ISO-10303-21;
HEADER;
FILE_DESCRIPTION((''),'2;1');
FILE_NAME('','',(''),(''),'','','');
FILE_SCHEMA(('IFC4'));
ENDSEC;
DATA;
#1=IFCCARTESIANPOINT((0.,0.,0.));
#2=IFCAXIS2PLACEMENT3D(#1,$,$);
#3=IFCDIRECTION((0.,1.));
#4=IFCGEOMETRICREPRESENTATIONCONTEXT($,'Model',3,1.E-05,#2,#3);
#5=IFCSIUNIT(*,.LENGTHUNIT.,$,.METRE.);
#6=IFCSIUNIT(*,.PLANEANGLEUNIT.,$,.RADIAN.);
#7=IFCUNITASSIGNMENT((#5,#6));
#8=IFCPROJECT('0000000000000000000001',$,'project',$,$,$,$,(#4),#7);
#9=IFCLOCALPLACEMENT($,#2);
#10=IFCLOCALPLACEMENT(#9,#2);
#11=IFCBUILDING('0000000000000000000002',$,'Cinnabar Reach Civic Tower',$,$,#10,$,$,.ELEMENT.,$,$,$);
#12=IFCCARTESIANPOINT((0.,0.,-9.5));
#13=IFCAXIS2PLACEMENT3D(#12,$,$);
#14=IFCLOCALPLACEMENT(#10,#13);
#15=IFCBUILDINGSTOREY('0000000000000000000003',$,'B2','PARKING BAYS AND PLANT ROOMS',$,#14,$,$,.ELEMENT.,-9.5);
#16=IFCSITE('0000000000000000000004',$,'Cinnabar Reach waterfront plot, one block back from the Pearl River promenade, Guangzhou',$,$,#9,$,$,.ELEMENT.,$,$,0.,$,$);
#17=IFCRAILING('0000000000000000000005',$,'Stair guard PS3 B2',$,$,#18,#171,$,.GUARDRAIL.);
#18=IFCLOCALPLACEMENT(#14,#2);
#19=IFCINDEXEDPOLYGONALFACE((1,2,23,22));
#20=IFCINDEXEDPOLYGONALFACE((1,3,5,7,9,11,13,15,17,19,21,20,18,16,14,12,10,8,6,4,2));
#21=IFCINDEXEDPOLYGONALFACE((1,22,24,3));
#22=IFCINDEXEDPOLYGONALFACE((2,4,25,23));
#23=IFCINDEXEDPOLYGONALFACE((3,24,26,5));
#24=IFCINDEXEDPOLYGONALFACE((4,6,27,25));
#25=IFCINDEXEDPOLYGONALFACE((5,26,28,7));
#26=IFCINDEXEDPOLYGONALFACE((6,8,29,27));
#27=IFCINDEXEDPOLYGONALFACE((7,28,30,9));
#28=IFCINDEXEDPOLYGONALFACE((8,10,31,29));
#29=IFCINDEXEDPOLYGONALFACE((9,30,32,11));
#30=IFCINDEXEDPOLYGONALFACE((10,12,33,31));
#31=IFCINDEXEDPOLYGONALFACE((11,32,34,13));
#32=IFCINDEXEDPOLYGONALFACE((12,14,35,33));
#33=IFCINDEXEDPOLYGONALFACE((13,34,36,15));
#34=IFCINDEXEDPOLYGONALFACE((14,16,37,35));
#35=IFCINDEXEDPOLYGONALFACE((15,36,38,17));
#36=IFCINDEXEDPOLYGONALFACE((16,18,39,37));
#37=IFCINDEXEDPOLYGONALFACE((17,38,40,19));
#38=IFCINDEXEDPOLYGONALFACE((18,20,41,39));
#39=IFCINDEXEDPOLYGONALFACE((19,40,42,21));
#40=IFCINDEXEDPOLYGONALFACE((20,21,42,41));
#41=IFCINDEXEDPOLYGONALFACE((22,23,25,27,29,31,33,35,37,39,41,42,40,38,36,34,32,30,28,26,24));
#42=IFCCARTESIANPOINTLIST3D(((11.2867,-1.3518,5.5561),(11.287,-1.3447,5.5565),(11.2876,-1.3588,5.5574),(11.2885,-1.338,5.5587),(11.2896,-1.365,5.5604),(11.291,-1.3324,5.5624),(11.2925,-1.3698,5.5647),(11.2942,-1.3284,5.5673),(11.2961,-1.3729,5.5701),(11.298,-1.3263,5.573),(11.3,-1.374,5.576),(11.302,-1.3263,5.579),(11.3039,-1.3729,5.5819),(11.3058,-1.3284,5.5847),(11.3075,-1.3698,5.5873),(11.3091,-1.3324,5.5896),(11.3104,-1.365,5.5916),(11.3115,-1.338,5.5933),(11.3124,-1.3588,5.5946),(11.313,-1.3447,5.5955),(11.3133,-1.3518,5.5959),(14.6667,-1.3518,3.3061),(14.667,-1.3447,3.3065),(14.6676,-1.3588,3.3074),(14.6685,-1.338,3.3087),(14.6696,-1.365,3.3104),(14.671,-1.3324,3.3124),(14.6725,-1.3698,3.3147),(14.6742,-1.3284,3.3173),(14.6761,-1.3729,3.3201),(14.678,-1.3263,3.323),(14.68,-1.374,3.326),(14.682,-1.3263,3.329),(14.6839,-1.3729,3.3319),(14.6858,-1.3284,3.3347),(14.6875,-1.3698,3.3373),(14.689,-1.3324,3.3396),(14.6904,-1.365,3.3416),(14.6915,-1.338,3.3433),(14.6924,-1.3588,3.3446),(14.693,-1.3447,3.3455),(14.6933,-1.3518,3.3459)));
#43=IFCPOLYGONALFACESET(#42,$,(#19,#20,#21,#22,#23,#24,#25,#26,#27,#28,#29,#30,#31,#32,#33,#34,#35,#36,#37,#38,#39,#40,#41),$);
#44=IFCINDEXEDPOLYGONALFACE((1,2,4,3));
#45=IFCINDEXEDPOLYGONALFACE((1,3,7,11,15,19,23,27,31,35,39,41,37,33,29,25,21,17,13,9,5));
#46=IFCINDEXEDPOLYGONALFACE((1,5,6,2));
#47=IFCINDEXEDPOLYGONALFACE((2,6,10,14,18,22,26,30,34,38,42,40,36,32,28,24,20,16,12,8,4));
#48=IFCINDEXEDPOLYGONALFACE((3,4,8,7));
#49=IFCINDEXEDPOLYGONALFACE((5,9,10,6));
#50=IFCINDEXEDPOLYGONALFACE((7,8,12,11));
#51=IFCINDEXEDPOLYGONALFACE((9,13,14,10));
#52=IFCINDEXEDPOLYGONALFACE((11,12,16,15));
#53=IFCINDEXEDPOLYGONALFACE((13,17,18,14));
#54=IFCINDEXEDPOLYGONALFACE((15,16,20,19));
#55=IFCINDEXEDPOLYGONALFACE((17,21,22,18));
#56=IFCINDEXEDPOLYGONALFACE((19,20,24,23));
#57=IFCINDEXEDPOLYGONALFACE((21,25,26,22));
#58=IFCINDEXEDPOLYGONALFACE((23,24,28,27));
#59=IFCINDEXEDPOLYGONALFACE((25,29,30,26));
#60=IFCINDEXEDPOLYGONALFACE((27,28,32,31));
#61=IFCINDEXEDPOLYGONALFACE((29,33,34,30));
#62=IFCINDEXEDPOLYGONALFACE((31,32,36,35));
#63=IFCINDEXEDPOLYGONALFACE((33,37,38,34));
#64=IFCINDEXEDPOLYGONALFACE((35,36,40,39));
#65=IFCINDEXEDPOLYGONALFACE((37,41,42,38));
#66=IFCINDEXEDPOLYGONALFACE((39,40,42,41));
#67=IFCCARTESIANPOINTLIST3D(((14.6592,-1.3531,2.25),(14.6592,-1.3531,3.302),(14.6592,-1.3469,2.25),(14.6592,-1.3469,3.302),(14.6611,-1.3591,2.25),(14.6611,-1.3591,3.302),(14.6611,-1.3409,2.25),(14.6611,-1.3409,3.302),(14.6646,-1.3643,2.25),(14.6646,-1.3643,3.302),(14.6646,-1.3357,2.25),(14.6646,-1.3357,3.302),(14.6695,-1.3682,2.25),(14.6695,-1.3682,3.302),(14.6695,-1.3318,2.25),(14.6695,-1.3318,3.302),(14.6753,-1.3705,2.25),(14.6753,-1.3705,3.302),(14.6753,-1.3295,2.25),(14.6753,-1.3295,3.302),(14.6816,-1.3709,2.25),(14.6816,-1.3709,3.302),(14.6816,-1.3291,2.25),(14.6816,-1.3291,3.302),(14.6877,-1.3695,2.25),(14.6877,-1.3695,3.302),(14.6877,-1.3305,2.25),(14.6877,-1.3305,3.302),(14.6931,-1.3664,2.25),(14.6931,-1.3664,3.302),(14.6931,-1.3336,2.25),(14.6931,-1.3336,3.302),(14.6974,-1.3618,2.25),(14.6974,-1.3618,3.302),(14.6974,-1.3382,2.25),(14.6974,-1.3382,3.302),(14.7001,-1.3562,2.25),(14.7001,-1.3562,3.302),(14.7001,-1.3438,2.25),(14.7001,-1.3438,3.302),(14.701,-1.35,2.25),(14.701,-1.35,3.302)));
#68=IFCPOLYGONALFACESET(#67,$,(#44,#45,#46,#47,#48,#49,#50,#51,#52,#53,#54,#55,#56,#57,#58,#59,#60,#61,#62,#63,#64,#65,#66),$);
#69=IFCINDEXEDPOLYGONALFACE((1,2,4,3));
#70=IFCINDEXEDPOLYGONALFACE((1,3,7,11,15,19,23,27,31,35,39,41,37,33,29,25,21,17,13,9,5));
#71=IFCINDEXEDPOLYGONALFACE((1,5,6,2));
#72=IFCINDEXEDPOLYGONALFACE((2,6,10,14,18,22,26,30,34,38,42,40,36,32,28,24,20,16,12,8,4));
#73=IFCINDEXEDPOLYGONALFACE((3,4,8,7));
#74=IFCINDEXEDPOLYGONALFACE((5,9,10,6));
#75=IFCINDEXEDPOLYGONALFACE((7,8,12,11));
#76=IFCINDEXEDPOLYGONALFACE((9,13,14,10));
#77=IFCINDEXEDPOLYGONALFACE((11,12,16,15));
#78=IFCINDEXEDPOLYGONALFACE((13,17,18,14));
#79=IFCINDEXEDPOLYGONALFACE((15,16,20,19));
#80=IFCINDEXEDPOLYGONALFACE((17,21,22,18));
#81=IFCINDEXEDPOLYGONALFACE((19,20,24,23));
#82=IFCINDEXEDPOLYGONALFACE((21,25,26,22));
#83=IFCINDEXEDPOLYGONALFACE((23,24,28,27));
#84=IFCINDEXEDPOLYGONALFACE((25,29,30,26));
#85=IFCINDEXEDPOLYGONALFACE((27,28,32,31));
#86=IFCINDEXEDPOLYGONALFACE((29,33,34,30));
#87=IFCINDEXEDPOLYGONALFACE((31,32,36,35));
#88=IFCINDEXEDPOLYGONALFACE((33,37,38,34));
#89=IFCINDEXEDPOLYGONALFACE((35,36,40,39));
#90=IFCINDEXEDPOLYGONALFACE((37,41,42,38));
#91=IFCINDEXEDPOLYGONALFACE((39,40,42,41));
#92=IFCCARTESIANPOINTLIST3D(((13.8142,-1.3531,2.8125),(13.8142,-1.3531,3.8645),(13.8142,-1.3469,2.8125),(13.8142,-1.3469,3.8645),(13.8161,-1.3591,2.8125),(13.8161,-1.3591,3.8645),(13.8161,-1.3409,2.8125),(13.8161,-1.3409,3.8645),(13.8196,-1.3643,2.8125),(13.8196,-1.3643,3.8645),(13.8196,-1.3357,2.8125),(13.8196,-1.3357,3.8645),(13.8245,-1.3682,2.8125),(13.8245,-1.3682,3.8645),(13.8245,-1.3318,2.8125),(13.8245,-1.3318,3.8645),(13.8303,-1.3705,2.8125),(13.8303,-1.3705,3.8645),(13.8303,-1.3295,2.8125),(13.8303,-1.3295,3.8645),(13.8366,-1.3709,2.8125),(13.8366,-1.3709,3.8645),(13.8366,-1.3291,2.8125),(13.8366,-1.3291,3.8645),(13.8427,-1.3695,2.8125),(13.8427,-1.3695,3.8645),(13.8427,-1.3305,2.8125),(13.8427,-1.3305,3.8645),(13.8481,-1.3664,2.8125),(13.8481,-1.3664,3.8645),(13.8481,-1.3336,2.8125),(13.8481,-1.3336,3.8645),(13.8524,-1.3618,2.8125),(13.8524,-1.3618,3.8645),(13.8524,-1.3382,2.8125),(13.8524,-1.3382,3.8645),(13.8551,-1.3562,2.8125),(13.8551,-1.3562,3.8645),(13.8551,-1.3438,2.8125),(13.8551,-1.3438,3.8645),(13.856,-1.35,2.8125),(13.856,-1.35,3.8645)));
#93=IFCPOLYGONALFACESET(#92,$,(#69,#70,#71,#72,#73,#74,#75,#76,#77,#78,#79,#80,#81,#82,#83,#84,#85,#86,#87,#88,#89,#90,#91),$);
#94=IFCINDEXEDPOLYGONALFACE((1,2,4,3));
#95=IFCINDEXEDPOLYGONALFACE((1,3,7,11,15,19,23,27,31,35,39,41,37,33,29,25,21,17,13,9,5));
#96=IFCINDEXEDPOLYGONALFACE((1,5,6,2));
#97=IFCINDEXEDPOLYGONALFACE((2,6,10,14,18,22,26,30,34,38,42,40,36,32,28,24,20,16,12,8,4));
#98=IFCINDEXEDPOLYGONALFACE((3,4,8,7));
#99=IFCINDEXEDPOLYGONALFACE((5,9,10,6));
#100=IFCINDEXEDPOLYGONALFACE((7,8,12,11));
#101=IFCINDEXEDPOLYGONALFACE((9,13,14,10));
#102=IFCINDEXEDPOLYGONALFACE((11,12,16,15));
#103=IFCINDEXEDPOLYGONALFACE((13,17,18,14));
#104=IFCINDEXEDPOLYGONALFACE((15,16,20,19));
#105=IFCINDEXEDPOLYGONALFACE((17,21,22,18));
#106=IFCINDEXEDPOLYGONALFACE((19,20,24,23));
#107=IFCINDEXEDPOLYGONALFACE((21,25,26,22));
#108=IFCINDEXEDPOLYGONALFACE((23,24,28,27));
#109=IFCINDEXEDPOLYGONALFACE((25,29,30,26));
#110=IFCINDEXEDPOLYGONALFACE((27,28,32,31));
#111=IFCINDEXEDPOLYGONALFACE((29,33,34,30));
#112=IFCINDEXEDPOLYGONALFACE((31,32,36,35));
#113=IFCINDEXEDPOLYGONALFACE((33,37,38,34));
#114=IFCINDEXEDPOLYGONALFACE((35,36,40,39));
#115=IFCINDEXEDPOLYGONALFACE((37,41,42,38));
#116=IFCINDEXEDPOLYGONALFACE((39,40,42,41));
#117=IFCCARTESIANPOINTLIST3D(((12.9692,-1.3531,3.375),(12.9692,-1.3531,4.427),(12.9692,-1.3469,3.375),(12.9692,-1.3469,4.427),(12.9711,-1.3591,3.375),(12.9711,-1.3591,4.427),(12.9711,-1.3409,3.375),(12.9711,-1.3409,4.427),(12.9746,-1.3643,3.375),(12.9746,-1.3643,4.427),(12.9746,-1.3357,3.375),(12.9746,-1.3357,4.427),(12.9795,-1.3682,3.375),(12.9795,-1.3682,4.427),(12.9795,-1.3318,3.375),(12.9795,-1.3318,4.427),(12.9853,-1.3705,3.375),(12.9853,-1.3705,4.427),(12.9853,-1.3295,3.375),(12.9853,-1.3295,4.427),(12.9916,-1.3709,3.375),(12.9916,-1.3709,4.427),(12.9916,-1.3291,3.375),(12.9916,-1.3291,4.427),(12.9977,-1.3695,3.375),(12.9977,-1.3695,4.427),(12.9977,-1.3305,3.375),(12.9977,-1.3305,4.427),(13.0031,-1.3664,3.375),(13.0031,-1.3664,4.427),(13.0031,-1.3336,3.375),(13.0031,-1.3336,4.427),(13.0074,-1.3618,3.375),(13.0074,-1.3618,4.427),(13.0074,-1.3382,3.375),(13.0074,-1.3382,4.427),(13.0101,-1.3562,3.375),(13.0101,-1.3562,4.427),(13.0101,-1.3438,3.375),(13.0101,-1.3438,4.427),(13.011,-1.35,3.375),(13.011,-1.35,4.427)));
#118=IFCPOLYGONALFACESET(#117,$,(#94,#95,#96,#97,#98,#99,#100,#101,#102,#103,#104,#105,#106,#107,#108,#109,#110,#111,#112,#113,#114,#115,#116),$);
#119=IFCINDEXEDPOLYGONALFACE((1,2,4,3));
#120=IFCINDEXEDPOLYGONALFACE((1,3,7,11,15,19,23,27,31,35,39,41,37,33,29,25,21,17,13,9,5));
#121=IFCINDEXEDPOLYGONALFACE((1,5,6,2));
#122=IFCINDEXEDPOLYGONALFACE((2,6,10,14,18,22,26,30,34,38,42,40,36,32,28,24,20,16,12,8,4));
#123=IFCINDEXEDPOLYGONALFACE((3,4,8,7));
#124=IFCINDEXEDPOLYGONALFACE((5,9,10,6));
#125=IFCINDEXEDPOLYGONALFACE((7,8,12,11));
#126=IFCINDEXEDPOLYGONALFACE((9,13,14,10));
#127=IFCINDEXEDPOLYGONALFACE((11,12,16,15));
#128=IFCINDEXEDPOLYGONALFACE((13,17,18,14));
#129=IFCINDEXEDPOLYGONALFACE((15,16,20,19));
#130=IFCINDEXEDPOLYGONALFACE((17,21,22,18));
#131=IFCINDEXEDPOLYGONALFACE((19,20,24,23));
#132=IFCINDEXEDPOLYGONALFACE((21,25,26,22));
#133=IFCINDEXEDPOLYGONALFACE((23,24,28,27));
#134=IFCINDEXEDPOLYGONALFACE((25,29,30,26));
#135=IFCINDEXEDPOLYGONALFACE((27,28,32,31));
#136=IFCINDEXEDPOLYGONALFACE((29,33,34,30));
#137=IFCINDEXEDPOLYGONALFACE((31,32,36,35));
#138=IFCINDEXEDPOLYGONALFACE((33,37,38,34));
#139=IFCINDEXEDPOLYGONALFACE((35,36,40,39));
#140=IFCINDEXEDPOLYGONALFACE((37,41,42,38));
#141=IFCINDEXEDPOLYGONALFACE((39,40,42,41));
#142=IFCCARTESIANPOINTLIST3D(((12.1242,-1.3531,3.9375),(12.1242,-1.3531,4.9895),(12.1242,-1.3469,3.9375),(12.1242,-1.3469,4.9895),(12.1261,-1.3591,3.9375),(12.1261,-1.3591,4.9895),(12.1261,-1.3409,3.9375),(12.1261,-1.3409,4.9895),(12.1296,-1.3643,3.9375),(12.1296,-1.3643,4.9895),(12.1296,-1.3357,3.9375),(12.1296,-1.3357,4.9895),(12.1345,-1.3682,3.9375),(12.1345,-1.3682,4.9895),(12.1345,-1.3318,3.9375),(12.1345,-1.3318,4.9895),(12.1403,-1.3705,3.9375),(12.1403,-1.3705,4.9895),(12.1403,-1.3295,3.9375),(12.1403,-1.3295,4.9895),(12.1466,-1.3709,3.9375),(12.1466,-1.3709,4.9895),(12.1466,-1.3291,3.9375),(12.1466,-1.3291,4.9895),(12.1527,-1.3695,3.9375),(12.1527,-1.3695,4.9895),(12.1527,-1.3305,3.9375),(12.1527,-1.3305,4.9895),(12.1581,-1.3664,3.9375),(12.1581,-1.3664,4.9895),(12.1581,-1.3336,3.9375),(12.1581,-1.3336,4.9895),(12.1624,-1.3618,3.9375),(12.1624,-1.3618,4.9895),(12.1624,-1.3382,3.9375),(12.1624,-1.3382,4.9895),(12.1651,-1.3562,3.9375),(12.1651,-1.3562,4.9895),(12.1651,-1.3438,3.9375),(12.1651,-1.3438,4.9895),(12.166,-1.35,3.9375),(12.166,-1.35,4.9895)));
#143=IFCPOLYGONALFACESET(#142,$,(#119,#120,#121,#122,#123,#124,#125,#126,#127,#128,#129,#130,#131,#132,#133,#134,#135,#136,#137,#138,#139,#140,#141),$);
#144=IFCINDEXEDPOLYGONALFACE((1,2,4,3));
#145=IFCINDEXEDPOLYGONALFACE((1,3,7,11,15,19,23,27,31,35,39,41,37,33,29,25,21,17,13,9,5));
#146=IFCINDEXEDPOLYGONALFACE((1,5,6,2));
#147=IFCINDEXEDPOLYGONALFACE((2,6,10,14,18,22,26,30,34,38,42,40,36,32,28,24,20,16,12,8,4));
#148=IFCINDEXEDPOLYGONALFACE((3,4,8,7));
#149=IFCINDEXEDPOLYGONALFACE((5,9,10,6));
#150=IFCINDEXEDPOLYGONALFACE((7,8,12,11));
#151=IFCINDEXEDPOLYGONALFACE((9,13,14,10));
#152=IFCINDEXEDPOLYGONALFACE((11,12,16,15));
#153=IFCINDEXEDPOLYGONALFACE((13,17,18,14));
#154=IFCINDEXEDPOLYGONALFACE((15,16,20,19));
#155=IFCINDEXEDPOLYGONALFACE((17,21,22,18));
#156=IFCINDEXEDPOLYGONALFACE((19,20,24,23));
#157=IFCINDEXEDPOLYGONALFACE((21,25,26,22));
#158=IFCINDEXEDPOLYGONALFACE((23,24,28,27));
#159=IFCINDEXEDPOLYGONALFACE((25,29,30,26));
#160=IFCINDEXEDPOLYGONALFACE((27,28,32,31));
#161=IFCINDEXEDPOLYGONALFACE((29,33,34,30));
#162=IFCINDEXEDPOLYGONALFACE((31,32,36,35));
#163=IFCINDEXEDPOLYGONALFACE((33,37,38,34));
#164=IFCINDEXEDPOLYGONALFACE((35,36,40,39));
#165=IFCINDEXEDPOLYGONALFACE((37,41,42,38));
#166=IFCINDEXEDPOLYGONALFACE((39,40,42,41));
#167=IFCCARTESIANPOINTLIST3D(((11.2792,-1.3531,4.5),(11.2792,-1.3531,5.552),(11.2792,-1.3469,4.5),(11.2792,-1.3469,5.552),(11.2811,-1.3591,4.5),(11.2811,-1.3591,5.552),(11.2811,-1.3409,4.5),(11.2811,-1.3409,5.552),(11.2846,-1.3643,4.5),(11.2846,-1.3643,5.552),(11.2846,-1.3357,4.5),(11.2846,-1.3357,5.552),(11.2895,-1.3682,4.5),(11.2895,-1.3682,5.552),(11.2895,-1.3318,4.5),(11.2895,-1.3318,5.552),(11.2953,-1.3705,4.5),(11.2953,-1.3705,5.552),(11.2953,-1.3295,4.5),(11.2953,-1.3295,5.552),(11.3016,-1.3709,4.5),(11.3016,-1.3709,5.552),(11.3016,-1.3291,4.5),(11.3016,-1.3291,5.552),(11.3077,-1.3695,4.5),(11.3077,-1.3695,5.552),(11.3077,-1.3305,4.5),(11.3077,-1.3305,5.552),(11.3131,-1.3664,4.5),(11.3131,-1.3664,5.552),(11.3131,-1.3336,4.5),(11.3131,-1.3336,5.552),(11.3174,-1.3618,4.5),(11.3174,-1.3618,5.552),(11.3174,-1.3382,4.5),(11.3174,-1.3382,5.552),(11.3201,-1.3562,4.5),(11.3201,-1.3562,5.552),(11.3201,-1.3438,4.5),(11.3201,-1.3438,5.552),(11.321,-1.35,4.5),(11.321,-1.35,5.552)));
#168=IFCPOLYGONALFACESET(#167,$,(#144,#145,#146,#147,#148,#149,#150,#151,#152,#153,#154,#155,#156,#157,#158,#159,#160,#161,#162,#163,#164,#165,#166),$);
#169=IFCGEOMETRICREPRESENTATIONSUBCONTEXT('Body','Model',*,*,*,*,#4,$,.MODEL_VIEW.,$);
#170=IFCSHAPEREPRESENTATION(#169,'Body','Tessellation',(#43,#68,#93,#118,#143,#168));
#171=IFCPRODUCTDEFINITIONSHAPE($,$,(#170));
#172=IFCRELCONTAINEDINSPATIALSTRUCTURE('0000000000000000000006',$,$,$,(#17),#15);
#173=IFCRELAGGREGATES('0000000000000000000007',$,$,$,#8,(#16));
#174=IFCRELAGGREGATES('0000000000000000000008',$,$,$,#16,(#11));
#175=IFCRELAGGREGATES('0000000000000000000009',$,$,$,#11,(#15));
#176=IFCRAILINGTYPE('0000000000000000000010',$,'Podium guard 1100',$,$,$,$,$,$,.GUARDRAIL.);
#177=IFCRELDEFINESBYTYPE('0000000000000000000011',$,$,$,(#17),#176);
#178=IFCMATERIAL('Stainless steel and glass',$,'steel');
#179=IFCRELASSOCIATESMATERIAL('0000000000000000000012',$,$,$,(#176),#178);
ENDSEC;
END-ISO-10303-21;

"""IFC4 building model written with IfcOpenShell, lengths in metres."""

from ifc_helpers import new_model, si_unit, direction, frame, origin, origin_2d, place, context, subcontext, project, spatial, circle, extrude, material, type_object, element, save


model = new_model("IFC4")

# Units and contexts
model_context = context("Model", 3, precision=1e-05, world=origin(), true_north=direction((0.0, 1.0)))
body_context = subcontext(model_context, "Body", "Model", "MODEL_VIEW")
ifc_project = project(units=[si_unit("LENGTHUNIT", "METRE"), si_unit("PLANEANGLEUNIT", "RADIAN")], contexts=[model_context])

# Site, building, storey
site_placement = place(None, origin())
site = spatial("IfcSite", under=ifc_project, at=site_placement, Name="Cinnabar Reach waterfront plot, one block back from the Pearl River promenade, Guangzhou", CompositionType="ELEMENT", RefElevation=0.0)
building_placement = place(site_placement, origin())
building = spatial("IfcBuilding", under=site, at=building_placement, Name="Cinnabar Reach Civic Tower", CompositionType="ELEMENT")
storey_placement = place(building_placement, frame((0.0, 0.0, -9.5)))
storey = spatial("IfcBuildingStorey", under=building, at=storey_placement, Name="B2", Description="PARKING BAYS AND PLANT ROOMS", CompositionType="ELEMENT", Elevation=-9.5)

# Railing
ifc_material_1 = material(Name="Stainless steel and glass", Category="steel")
railing_type_1 = type_object("IfcRailingType", Name="Podium guard 1100", PredefinedType="GUARDRAIL", material=ifc_material_1)
railing_1_placement = place(storey_placement, frame((14.68, -1.35, 2.25)))
element("IfcRailing", 1, at=railing_1_placement, inside=storey, type_object=railing_type_1, Name="Stair guard PS3 B2", PredefinedType="GUARDRAIL", context=body_context, shape_type="SweptSolid", body=[
    extrude(circle(Radius=0.024, at=origin_2d()), frame((0.0, 0.0, 1.076), z_axis=(-0.832429, 0.0, 0.554132), x_axis=(0.0, -1.0, 0.0)), (0.0, 0.0, 1.0), 4.0604),
    extrude(circle(Radius=0.021, at=origin_2d()), origin(), (0.0, 0.0, 1.0), 1.052),
    extrude(circle(Radius=0.021, at=origin_2d()), frame((-0.845, 0.0, 0.5625)), (0.0, 0.0, 1.0), 1.052),
    extrude(circle(Radius=0.021, at=origin_2d()), frame((-1.69, 0.0, 1.125)), (0.0, 0.0, 1.0), 1.052),
    extrude(circle(Radius=0.021, at=origin_2d()), frame((-2.535, 0.0, 1.6875)), (0.0, 0.0, 1.0), 1.052),
    extrude(circle(Radius=0.021, at=origin_2d()), frame((-3.38, 0.0, 2.25)), (0.0, 0.0, 1.0), 1.052),
])

save(model, "model.ifc")
